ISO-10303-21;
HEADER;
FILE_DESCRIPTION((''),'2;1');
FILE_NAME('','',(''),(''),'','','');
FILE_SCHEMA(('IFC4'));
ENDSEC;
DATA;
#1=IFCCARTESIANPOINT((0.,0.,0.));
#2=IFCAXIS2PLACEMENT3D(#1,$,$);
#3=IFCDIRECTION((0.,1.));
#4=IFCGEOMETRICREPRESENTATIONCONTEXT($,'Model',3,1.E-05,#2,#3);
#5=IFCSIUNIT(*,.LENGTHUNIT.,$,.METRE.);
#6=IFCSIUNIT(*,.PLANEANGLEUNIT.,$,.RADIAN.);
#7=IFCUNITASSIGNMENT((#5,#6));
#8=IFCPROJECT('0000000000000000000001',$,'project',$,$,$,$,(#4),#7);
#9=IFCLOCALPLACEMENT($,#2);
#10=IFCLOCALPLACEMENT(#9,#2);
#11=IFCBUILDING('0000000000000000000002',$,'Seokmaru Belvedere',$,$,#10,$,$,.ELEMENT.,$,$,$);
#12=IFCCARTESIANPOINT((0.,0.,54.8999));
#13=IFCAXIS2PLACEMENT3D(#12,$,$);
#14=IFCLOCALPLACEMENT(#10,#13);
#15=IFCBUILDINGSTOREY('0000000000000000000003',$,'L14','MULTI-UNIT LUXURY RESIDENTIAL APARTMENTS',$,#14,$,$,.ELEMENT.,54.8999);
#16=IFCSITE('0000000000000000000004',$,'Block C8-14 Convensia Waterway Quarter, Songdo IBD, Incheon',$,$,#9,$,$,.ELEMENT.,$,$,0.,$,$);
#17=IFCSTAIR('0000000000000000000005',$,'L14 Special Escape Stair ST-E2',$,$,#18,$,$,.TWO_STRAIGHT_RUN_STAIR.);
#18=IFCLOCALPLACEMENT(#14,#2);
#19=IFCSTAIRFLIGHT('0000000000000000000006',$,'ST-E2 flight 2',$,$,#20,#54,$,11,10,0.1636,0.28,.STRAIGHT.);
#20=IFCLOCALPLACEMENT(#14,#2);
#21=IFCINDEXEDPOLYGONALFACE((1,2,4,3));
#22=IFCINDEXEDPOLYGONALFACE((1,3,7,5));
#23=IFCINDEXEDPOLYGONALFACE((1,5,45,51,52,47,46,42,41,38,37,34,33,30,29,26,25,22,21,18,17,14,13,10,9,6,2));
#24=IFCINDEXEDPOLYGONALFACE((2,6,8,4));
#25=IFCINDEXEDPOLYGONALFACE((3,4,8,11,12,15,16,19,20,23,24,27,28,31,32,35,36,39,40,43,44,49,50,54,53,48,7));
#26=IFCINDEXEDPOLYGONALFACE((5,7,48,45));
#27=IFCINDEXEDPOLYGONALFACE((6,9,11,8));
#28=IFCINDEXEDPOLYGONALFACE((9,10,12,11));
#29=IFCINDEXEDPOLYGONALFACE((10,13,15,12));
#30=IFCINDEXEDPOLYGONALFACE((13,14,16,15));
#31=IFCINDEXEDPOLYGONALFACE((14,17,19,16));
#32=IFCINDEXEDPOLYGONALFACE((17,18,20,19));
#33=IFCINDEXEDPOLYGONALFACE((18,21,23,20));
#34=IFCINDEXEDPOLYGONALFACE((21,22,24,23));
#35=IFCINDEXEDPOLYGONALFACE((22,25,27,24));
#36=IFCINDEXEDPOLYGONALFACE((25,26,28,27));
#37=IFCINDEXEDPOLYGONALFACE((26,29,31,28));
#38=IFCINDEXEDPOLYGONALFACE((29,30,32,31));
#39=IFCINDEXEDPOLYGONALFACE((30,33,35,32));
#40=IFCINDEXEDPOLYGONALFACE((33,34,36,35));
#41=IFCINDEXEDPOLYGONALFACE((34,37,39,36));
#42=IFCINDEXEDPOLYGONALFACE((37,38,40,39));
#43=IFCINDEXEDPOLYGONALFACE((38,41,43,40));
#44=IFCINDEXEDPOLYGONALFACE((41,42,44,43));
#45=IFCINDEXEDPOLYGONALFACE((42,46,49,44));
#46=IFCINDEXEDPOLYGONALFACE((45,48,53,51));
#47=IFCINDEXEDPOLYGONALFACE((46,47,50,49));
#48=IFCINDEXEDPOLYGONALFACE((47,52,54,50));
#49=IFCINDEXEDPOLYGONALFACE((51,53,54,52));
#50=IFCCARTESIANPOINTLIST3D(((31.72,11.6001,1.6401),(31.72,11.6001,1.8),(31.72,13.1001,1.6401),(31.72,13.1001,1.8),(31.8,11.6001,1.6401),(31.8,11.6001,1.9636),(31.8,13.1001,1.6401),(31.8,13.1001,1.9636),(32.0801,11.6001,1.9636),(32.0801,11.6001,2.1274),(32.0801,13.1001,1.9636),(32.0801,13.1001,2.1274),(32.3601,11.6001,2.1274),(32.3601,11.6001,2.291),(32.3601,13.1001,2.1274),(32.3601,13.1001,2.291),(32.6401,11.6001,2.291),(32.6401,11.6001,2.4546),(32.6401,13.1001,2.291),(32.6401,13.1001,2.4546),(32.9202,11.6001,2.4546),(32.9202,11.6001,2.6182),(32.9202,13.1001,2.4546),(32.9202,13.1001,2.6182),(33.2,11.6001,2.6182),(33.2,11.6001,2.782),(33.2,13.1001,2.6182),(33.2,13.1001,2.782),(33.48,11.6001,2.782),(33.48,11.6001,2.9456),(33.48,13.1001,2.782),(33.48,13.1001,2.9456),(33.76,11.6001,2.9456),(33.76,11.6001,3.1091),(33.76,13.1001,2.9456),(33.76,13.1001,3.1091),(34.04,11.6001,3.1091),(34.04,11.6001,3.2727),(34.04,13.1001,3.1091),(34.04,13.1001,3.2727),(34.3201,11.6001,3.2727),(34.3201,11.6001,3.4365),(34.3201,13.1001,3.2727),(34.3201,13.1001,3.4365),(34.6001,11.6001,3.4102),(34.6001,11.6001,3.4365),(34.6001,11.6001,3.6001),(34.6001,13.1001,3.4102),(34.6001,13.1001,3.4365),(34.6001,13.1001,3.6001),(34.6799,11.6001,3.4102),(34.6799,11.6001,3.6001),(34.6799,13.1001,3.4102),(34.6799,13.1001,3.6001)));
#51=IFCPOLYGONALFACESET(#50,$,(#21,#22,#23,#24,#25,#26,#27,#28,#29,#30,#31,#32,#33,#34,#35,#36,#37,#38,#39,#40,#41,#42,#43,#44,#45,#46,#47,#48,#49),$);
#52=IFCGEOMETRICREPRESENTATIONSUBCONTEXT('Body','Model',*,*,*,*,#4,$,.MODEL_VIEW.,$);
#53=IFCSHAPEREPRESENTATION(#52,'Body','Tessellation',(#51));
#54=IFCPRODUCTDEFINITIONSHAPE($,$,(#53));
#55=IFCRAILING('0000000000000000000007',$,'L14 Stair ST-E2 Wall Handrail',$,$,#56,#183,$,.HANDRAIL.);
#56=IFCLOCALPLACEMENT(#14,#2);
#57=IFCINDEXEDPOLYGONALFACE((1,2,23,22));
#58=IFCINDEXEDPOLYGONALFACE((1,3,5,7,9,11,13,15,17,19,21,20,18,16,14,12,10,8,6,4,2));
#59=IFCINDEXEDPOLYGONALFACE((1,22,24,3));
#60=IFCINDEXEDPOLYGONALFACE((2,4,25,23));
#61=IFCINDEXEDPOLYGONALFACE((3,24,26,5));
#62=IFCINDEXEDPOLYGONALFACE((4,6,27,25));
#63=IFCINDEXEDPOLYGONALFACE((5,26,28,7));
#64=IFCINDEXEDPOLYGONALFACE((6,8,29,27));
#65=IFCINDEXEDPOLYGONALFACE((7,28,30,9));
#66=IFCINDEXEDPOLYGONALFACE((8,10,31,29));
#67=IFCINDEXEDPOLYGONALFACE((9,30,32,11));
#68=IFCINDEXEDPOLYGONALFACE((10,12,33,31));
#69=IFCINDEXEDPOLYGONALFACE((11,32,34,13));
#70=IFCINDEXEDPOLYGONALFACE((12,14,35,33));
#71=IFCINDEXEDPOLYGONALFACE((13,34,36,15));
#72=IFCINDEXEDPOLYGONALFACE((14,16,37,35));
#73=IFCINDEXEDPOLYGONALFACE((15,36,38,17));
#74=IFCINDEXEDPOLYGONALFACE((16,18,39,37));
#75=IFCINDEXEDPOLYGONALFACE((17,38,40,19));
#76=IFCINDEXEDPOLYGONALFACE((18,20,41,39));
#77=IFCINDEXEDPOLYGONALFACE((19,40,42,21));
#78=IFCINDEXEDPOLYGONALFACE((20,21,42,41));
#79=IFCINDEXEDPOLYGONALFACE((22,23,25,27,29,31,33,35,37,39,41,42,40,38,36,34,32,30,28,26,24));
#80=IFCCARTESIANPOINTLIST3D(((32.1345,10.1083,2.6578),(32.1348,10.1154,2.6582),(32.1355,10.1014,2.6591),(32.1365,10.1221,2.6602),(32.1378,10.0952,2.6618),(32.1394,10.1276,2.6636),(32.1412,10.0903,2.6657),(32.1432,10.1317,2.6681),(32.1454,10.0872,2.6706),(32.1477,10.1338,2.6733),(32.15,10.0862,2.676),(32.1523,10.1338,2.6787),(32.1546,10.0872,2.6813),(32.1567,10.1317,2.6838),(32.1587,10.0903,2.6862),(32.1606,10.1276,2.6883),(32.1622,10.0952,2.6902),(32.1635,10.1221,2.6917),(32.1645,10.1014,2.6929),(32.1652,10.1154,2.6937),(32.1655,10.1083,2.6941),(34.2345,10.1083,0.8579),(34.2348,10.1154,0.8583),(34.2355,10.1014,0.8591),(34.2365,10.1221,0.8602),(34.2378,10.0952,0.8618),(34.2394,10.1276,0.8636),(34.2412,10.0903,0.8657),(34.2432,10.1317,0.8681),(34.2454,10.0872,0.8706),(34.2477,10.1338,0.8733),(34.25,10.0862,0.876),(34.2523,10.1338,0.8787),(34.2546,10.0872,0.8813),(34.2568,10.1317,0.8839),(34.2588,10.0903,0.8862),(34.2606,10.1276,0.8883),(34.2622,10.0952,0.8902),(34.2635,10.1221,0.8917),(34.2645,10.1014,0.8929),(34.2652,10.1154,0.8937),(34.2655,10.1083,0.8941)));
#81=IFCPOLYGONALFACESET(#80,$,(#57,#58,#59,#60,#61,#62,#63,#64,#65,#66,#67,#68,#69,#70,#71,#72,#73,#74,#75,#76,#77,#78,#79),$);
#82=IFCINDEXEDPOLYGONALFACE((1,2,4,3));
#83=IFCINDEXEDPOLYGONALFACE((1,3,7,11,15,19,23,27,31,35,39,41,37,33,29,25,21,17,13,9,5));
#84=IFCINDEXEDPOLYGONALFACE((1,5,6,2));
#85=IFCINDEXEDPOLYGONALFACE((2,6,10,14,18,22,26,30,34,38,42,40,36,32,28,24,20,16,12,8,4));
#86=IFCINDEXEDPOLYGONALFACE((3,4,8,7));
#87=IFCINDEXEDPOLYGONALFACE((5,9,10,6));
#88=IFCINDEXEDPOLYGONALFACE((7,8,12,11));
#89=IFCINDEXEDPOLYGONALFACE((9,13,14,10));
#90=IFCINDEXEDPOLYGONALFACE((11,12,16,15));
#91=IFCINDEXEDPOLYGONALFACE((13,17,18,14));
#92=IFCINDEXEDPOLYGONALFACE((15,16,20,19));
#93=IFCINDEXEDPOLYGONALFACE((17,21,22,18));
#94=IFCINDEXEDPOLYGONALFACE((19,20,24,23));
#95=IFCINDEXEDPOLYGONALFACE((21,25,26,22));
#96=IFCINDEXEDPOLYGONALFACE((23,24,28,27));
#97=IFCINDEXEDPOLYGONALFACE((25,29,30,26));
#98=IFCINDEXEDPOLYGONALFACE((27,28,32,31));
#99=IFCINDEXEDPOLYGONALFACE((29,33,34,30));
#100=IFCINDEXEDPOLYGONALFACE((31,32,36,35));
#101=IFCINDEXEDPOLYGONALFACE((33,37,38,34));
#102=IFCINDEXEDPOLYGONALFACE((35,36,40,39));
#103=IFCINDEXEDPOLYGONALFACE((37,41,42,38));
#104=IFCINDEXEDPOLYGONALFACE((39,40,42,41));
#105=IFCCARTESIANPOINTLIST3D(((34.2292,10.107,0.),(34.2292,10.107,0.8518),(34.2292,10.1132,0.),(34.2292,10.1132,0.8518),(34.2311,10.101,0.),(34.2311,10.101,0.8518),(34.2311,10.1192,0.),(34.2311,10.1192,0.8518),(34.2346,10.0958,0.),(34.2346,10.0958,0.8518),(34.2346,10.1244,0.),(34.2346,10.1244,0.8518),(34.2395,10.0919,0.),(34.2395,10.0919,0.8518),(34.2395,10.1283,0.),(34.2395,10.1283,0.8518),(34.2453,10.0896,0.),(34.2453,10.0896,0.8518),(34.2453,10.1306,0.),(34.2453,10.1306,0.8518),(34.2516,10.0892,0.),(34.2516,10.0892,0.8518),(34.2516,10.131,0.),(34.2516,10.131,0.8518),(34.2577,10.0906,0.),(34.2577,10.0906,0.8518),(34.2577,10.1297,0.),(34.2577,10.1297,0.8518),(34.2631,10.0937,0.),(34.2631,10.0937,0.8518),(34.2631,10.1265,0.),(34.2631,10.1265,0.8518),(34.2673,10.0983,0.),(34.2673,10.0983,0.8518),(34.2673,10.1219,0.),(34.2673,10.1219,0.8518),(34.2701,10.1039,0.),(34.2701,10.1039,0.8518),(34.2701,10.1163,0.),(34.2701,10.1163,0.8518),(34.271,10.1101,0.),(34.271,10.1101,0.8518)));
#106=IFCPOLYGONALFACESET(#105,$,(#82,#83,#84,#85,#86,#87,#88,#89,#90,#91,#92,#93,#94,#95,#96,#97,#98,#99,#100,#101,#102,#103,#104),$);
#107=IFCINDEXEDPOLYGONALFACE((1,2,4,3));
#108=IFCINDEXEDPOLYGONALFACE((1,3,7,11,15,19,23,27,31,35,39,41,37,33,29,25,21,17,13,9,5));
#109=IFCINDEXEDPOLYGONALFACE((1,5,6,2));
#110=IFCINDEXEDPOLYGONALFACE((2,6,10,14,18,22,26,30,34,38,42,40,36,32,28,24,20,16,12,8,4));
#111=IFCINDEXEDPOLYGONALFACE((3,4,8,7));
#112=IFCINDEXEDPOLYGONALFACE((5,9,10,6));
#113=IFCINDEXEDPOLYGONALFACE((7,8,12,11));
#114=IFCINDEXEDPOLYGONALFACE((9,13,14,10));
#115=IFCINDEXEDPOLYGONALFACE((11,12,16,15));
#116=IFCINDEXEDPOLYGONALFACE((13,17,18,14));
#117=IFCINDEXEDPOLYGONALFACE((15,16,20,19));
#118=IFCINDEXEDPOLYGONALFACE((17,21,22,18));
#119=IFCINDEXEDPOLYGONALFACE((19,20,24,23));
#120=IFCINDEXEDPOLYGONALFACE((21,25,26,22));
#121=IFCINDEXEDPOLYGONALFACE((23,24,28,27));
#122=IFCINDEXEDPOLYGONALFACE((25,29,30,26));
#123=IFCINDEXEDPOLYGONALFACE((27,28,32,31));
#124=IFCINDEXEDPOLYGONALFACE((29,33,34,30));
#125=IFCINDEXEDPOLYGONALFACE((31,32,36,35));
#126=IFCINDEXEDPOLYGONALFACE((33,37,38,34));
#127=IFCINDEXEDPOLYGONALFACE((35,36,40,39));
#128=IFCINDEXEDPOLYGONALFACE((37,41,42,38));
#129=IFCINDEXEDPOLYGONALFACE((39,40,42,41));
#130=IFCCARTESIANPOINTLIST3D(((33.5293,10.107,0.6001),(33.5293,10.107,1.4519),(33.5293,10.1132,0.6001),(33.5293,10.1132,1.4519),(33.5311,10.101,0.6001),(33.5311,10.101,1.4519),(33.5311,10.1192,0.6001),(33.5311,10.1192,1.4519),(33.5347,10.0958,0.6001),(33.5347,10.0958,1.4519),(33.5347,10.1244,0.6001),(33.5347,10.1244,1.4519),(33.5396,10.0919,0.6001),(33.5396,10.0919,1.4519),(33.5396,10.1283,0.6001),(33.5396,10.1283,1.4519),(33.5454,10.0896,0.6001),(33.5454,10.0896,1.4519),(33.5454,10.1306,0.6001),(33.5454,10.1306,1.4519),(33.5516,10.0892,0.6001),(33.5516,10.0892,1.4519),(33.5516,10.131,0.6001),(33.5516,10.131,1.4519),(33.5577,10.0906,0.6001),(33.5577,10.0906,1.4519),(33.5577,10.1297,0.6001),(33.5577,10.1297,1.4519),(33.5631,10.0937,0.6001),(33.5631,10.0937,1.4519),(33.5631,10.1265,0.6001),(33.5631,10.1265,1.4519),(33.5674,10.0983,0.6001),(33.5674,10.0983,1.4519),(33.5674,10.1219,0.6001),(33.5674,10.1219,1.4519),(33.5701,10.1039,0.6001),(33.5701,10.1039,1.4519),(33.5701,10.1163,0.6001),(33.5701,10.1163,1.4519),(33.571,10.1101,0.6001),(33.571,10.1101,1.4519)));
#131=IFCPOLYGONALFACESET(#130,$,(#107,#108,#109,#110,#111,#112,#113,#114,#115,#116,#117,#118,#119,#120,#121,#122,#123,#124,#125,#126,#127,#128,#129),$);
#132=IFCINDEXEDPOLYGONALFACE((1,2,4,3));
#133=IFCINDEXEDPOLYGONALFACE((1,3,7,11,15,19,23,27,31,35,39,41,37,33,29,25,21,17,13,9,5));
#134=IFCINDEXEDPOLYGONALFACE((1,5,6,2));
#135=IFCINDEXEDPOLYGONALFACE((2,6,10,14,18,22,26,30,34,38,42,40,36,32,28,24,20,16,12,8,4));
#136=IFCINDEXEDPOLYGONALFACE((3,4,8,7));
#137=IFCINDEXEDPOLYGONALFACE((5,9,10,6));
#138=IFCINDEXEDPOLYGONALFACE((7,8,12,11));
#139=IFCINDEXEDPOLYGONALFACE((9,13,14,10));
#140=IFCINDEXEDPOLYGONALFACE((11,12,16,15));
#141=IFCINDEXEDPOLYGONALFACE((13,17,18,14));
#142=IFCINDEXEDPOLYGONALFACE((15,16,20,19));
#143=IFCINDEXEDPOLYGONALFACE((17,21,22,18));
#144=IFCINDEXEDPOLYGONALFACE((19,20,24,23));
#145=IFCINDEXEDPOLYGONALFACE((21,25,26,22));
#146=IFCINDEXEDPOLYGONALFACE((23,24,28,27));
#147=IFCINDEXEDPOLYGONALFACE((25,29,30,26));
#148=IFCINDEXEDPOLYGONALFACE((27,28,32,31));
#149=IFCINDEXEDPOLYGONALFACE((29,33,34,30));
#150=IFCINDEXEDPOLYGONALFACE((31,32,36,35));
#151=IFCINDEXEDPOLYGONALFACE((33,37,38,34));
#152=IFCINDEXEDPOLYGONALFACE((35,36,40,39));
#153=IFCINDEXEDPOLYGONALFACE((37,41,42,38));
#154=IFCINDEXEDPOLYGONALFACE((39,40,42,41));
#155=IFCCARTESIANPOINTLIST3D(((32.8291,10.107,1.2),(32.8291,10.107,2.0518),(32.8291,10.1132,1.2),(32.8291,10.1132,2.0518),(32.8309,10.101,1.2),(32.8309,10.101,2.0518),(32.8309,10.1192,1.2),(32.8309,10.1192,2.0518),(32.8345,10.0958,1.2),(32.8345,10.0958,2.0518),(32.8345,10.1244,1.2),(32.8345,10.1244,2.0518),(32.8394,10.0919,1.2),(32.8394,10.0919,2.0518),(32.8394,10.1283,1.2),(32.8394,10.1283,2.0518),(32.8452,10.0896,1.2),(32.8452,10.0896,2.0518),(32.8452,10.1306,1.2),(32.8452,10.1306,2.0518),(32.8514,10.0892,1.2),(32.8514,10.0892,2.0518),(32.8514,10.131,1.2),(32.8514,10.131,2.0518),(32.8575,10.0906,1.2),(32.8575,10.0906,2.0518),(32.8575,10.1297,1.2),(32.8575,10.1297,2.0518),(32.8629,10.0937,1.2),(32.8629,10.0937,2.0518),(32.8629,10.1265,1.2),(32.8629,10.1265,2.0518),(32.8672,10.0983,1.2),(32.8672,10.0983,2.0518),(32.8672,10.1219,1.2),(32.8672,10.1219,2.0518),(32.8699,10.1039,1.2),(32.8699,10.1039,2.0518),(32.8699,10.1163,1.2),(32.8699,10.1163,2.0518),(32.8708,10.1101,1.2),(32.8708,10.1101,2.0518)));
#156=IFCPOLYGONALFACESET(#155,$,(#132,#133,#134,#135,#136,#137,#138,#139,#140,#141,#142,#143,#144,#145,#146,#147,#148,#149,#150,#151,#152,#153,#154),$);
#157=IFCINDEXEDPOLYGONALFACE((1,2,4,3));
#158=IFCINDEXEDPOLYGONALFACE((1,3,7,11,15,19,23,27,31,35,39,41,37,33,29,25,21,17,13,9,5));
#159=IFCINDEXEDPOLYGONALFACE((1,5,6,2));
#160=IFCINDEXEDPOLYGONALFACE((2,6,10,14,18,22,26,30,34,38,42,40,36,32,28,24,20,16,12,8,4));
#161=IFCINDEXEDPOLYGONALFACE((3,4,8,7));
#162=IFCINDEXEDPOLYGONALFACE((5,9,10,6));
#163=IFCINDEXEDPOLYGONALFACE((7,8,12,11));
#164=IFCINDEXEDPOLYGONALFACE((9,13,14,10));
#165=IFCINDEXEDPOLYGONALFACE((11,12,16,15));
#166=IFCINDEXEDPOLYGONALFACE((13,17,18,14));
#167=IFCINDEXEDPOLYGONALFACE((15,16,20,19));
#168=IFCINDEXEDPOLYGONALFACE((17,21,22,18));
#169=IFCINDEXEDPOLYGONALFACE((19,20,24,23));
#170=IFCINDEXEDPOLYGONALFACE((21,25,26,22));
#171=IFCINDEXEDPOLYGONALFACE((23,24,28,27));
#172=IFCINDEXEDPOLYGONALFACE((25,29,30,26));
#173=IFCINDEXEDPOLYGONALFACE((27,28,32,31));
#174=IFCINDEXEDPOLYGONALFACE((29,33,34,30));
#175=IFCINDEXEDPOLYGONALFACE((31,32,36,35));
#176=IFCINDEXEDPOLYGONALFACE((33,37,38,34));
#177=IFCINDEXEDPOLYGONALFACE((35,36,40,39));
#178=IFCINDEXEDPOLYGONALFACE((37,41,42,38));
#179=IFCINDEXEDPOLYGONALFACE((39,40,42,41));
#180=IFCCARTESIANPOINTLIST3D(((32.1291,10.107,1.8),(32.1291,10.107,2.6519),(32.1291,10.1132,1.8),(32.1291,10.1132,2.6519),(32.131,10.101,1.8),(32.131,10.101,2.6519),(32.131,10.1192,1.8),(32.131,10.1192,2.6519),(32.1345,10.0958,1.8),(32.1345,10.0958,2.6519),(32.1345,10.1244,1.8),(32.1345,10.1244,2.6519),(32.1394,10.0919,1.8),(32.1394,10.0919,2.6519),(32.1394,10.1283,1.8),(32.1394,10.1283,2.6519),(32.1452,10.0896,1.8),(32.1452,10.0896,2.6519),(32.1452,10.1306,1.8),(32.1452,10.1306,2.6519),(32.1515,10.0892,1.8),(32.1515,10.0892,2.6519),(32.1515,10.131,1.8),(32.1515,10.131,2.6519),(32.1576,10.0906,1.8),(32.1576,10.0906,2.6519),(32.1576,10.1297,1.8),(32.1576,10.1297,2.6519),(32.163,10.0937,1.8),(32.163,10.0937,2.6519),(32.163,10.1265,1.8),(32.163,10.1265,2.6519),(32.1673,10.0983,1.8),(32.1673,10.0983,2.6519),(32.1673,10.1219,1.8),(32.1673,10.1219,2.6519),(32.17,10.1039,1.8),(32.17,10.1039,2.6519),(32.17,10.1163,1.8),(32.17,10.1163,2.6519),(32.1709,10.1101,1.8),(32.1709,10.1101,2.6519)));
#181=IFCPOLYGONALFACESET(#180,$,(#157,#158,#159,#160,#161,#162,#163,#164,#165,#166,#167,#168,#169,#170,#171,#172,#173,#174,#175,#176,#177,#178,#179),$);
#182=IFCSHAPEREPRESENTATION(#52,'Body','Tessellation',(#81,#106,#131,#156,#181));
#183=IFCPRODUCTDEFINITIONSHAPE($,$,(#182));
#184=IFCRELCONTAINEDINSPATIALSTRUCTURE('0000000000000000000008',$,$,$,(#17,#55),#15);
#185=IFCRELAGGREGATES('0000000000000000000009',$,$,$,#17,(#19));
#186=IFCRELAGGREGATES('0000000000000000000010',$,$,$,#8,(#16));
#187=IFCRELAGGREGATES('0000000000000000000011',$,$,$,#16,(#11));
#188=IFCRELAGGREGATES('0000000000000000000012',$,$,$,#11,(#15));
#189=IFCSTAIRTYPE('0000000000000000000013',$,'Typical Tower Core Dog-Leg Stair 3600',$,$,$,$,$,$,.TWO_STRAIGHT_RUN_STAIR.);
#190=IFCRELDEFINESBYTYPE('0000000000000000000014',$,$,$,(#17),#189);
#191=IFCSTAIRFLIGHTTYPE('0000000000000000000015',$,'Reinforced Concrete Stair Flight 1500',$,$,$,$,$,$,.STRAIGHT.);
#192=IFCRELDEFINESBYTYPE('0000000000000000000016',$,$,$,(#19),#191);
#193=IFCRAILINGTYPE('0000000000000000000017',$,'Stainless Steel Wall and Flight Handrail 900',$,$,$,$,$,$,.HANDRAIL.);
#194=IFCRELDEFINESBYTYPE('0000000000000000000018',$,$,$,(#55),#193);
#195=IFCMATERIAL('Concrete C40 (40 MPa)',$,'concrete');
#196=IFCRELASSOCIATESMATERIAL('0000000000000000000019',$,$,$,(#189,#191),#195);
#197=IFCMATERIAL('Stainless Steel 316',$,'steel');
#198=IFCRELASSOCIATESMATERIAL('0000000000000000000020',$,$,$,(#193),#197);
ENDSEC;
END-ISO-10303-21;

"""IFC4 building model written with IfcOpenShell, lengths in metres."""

from ifc_helpers import new_model, si_unit, direction, frame, origin, origin_2d, place, context, subcontext, project, spatial, polyline, circle, outline, extrude, material, type_object, element, aggregate, save


model = new_model("IFC4")

# Units and contexts
model_context = context("Model", 3, precision=1e-05, world=origin(), true_north=direction((0.0, 1.0)))
body_context = subcontext(model_context, "Body", "Model", "MODEL_VIEW")
ifc_project = project(units=[si_unit("LENGTHUNIT", "METRE"), si_unit("PLANEANGLEUNIT", "RADIAN")], contexts=[model_context])

# Site, building, storey
site_placement = place(None, origin())
site = spatial("IfcSite", under=ifc_project, at=site_placement, Name="Block C8-14 Convensia Waterway Quarter, Songdo IBD, Incheon", CompositionType="ELEMENT", RefElevation=0.0)
building_placement = place(site_placement, origin())
building = spatial("IfcBuilding", under=site, at=building_placement, Name="Seokmaru Belvedere", CompositionType="ELEMENT")
storey_placement = place(building_placement, frame((0.0, 0.0, 54.8999)))
storey = spatial("IfcBuildingStorey", under=building, at=storey_placement, Name="L14", Description="MULTI-UNIT LUXURY RESIDENTIAL APARTMENTS", CompositionType="ELEMENT", Elevation=54.8999)

# Stair, stair flight
ifc_material_1 = material(Name="Concrete C40 (40 MPa)", Category="concrete")
stair_type = type_object("IfcStairType", Name="Typical Tower Core Dog-Leg Stair 3600", PredefinedType="TWO_STRAIGHT_RUN_STAIR", material=ifc_material_1)
stair_placement = place(storey_placement, origin())
stair = element("IfcStair", 1, at=stair_placement, inside=storey, type_object=stair_type, Name="L14 Special Escape Stair ST-E2", PredefinedType="TWO_STRAIGHT_RUN_STAIR")
stair_flight_type = type_object("IfcStairFlightType", Name="Reinforced Concrete Stair Flight 1500", PredefinedType="STRAIGHT", material=ifc_material_1)
stair_flight_1_placement = place(storey_placement, frame((31.8, 12.3501, 1.8), z_axis=(0.0, 0.0, 1.0), x_axis=(1.0, 0.0, 0.0)))
stair_flight_1 = element("IfcStairFlight", 2, at=stair_flight_1_placement, type_object=stair_flight_type, Name="ST-E2 flight 2", NumberOfRisers=11, NumberOfTreads=10, PredefinedType="STRAIGHT", RiserHeight=0.1636, TreadLength=0.28, context=body_context, shape_type="SweptSolid", body=[
    extrude(outline(polyline([(-0.0801, 0.0), (0.0, 0.1636), (0.28, 0.1636), (0.28, 0.3274), (0.5601, 0.3274), (0.5601, 0.491), (0.8401, 0.491), (0.8401, 0.6545), (1.1201, 0.6545), (1.1201, 0.8181), (1.3999, 0.8181), (1.3999, 0.9819), (1.6799, 0.9819), (1.6799, 1.1455), (1.96, 1.1455), (1.96, 1.3091), (2.24, 1.3091), (2.24, 1.4727), (2.52, 1.4727), (2.52, 1.6365), (2.8, 1.6365), (2.8, 1.8), (2.8799, 1.8), (2.8799, 1.6101), (2.8, 1.6101), (0.0, -0.1599), (-0.0801, -0.1599), (-0.0801, 0.0)])), frame((0.0, 0.75, 0.0), z_axis=(0.0, -1.0, 0.0), x_axis=(1.0, 0.0, 0.0)), (0.0, 0.0, 1.0), 1.5),
])
aggregate(stair, [stair_flight_1])

# Railing
ifc_material_2 = material(Name="Stainless Steel 316", Category="steel")
railing_type_1 = type_object("IfcRailingType", Name="Stainless Steel Wall and Flight Handrail 900", PredefinedType="HANDRAIL", material=ifc_material_2)
railing_1_placement = place(storey_placement, frame((34.25, 10.1101, 0.0)))
element("IfcRailing", 3, at=railing_1_placement, inside=storey, type_object=railing_type_1, Name="L14 Stair ST-E2 Wall Handrail", PredefinedType="HANDRAIL", context=body_context, shape_type="SweptSolid", body=[
    extrude(circle(Radius=0.0239, at=origin_2d()), frame((0.0, 0.0, 0.876), z_axis=(-0.759263, 0.0, 0.650784), x_axis=(0.0, -1.0, 0.0)), (0.0, 0.0, 1.0), 2.7659),
    extrude(circle(Radius=0.021, at=origin_2d()), origin(), (0.0, 0.0, 1.0), 0.8518),
    extrude(circle(Radius=0.021, at=origin_2d()), frame((-0.7, 0.0, 0.6001)), (0.0, 0.0, 1.0), 0.8518),
    extrude(circle(Radius=0.021, at=origin_2d()), frame((-1.4001, 0.0, 1.2)), (0.0, 0.0, 1.0), 0.8518),
    extrude(circle(Radius=0.021, at=origin_2d()), frame((-2.1001, 0.0, 1.8)), (0.0, 0.0, 1.0), 0.8518),
])

save(model, "model.ifc")
